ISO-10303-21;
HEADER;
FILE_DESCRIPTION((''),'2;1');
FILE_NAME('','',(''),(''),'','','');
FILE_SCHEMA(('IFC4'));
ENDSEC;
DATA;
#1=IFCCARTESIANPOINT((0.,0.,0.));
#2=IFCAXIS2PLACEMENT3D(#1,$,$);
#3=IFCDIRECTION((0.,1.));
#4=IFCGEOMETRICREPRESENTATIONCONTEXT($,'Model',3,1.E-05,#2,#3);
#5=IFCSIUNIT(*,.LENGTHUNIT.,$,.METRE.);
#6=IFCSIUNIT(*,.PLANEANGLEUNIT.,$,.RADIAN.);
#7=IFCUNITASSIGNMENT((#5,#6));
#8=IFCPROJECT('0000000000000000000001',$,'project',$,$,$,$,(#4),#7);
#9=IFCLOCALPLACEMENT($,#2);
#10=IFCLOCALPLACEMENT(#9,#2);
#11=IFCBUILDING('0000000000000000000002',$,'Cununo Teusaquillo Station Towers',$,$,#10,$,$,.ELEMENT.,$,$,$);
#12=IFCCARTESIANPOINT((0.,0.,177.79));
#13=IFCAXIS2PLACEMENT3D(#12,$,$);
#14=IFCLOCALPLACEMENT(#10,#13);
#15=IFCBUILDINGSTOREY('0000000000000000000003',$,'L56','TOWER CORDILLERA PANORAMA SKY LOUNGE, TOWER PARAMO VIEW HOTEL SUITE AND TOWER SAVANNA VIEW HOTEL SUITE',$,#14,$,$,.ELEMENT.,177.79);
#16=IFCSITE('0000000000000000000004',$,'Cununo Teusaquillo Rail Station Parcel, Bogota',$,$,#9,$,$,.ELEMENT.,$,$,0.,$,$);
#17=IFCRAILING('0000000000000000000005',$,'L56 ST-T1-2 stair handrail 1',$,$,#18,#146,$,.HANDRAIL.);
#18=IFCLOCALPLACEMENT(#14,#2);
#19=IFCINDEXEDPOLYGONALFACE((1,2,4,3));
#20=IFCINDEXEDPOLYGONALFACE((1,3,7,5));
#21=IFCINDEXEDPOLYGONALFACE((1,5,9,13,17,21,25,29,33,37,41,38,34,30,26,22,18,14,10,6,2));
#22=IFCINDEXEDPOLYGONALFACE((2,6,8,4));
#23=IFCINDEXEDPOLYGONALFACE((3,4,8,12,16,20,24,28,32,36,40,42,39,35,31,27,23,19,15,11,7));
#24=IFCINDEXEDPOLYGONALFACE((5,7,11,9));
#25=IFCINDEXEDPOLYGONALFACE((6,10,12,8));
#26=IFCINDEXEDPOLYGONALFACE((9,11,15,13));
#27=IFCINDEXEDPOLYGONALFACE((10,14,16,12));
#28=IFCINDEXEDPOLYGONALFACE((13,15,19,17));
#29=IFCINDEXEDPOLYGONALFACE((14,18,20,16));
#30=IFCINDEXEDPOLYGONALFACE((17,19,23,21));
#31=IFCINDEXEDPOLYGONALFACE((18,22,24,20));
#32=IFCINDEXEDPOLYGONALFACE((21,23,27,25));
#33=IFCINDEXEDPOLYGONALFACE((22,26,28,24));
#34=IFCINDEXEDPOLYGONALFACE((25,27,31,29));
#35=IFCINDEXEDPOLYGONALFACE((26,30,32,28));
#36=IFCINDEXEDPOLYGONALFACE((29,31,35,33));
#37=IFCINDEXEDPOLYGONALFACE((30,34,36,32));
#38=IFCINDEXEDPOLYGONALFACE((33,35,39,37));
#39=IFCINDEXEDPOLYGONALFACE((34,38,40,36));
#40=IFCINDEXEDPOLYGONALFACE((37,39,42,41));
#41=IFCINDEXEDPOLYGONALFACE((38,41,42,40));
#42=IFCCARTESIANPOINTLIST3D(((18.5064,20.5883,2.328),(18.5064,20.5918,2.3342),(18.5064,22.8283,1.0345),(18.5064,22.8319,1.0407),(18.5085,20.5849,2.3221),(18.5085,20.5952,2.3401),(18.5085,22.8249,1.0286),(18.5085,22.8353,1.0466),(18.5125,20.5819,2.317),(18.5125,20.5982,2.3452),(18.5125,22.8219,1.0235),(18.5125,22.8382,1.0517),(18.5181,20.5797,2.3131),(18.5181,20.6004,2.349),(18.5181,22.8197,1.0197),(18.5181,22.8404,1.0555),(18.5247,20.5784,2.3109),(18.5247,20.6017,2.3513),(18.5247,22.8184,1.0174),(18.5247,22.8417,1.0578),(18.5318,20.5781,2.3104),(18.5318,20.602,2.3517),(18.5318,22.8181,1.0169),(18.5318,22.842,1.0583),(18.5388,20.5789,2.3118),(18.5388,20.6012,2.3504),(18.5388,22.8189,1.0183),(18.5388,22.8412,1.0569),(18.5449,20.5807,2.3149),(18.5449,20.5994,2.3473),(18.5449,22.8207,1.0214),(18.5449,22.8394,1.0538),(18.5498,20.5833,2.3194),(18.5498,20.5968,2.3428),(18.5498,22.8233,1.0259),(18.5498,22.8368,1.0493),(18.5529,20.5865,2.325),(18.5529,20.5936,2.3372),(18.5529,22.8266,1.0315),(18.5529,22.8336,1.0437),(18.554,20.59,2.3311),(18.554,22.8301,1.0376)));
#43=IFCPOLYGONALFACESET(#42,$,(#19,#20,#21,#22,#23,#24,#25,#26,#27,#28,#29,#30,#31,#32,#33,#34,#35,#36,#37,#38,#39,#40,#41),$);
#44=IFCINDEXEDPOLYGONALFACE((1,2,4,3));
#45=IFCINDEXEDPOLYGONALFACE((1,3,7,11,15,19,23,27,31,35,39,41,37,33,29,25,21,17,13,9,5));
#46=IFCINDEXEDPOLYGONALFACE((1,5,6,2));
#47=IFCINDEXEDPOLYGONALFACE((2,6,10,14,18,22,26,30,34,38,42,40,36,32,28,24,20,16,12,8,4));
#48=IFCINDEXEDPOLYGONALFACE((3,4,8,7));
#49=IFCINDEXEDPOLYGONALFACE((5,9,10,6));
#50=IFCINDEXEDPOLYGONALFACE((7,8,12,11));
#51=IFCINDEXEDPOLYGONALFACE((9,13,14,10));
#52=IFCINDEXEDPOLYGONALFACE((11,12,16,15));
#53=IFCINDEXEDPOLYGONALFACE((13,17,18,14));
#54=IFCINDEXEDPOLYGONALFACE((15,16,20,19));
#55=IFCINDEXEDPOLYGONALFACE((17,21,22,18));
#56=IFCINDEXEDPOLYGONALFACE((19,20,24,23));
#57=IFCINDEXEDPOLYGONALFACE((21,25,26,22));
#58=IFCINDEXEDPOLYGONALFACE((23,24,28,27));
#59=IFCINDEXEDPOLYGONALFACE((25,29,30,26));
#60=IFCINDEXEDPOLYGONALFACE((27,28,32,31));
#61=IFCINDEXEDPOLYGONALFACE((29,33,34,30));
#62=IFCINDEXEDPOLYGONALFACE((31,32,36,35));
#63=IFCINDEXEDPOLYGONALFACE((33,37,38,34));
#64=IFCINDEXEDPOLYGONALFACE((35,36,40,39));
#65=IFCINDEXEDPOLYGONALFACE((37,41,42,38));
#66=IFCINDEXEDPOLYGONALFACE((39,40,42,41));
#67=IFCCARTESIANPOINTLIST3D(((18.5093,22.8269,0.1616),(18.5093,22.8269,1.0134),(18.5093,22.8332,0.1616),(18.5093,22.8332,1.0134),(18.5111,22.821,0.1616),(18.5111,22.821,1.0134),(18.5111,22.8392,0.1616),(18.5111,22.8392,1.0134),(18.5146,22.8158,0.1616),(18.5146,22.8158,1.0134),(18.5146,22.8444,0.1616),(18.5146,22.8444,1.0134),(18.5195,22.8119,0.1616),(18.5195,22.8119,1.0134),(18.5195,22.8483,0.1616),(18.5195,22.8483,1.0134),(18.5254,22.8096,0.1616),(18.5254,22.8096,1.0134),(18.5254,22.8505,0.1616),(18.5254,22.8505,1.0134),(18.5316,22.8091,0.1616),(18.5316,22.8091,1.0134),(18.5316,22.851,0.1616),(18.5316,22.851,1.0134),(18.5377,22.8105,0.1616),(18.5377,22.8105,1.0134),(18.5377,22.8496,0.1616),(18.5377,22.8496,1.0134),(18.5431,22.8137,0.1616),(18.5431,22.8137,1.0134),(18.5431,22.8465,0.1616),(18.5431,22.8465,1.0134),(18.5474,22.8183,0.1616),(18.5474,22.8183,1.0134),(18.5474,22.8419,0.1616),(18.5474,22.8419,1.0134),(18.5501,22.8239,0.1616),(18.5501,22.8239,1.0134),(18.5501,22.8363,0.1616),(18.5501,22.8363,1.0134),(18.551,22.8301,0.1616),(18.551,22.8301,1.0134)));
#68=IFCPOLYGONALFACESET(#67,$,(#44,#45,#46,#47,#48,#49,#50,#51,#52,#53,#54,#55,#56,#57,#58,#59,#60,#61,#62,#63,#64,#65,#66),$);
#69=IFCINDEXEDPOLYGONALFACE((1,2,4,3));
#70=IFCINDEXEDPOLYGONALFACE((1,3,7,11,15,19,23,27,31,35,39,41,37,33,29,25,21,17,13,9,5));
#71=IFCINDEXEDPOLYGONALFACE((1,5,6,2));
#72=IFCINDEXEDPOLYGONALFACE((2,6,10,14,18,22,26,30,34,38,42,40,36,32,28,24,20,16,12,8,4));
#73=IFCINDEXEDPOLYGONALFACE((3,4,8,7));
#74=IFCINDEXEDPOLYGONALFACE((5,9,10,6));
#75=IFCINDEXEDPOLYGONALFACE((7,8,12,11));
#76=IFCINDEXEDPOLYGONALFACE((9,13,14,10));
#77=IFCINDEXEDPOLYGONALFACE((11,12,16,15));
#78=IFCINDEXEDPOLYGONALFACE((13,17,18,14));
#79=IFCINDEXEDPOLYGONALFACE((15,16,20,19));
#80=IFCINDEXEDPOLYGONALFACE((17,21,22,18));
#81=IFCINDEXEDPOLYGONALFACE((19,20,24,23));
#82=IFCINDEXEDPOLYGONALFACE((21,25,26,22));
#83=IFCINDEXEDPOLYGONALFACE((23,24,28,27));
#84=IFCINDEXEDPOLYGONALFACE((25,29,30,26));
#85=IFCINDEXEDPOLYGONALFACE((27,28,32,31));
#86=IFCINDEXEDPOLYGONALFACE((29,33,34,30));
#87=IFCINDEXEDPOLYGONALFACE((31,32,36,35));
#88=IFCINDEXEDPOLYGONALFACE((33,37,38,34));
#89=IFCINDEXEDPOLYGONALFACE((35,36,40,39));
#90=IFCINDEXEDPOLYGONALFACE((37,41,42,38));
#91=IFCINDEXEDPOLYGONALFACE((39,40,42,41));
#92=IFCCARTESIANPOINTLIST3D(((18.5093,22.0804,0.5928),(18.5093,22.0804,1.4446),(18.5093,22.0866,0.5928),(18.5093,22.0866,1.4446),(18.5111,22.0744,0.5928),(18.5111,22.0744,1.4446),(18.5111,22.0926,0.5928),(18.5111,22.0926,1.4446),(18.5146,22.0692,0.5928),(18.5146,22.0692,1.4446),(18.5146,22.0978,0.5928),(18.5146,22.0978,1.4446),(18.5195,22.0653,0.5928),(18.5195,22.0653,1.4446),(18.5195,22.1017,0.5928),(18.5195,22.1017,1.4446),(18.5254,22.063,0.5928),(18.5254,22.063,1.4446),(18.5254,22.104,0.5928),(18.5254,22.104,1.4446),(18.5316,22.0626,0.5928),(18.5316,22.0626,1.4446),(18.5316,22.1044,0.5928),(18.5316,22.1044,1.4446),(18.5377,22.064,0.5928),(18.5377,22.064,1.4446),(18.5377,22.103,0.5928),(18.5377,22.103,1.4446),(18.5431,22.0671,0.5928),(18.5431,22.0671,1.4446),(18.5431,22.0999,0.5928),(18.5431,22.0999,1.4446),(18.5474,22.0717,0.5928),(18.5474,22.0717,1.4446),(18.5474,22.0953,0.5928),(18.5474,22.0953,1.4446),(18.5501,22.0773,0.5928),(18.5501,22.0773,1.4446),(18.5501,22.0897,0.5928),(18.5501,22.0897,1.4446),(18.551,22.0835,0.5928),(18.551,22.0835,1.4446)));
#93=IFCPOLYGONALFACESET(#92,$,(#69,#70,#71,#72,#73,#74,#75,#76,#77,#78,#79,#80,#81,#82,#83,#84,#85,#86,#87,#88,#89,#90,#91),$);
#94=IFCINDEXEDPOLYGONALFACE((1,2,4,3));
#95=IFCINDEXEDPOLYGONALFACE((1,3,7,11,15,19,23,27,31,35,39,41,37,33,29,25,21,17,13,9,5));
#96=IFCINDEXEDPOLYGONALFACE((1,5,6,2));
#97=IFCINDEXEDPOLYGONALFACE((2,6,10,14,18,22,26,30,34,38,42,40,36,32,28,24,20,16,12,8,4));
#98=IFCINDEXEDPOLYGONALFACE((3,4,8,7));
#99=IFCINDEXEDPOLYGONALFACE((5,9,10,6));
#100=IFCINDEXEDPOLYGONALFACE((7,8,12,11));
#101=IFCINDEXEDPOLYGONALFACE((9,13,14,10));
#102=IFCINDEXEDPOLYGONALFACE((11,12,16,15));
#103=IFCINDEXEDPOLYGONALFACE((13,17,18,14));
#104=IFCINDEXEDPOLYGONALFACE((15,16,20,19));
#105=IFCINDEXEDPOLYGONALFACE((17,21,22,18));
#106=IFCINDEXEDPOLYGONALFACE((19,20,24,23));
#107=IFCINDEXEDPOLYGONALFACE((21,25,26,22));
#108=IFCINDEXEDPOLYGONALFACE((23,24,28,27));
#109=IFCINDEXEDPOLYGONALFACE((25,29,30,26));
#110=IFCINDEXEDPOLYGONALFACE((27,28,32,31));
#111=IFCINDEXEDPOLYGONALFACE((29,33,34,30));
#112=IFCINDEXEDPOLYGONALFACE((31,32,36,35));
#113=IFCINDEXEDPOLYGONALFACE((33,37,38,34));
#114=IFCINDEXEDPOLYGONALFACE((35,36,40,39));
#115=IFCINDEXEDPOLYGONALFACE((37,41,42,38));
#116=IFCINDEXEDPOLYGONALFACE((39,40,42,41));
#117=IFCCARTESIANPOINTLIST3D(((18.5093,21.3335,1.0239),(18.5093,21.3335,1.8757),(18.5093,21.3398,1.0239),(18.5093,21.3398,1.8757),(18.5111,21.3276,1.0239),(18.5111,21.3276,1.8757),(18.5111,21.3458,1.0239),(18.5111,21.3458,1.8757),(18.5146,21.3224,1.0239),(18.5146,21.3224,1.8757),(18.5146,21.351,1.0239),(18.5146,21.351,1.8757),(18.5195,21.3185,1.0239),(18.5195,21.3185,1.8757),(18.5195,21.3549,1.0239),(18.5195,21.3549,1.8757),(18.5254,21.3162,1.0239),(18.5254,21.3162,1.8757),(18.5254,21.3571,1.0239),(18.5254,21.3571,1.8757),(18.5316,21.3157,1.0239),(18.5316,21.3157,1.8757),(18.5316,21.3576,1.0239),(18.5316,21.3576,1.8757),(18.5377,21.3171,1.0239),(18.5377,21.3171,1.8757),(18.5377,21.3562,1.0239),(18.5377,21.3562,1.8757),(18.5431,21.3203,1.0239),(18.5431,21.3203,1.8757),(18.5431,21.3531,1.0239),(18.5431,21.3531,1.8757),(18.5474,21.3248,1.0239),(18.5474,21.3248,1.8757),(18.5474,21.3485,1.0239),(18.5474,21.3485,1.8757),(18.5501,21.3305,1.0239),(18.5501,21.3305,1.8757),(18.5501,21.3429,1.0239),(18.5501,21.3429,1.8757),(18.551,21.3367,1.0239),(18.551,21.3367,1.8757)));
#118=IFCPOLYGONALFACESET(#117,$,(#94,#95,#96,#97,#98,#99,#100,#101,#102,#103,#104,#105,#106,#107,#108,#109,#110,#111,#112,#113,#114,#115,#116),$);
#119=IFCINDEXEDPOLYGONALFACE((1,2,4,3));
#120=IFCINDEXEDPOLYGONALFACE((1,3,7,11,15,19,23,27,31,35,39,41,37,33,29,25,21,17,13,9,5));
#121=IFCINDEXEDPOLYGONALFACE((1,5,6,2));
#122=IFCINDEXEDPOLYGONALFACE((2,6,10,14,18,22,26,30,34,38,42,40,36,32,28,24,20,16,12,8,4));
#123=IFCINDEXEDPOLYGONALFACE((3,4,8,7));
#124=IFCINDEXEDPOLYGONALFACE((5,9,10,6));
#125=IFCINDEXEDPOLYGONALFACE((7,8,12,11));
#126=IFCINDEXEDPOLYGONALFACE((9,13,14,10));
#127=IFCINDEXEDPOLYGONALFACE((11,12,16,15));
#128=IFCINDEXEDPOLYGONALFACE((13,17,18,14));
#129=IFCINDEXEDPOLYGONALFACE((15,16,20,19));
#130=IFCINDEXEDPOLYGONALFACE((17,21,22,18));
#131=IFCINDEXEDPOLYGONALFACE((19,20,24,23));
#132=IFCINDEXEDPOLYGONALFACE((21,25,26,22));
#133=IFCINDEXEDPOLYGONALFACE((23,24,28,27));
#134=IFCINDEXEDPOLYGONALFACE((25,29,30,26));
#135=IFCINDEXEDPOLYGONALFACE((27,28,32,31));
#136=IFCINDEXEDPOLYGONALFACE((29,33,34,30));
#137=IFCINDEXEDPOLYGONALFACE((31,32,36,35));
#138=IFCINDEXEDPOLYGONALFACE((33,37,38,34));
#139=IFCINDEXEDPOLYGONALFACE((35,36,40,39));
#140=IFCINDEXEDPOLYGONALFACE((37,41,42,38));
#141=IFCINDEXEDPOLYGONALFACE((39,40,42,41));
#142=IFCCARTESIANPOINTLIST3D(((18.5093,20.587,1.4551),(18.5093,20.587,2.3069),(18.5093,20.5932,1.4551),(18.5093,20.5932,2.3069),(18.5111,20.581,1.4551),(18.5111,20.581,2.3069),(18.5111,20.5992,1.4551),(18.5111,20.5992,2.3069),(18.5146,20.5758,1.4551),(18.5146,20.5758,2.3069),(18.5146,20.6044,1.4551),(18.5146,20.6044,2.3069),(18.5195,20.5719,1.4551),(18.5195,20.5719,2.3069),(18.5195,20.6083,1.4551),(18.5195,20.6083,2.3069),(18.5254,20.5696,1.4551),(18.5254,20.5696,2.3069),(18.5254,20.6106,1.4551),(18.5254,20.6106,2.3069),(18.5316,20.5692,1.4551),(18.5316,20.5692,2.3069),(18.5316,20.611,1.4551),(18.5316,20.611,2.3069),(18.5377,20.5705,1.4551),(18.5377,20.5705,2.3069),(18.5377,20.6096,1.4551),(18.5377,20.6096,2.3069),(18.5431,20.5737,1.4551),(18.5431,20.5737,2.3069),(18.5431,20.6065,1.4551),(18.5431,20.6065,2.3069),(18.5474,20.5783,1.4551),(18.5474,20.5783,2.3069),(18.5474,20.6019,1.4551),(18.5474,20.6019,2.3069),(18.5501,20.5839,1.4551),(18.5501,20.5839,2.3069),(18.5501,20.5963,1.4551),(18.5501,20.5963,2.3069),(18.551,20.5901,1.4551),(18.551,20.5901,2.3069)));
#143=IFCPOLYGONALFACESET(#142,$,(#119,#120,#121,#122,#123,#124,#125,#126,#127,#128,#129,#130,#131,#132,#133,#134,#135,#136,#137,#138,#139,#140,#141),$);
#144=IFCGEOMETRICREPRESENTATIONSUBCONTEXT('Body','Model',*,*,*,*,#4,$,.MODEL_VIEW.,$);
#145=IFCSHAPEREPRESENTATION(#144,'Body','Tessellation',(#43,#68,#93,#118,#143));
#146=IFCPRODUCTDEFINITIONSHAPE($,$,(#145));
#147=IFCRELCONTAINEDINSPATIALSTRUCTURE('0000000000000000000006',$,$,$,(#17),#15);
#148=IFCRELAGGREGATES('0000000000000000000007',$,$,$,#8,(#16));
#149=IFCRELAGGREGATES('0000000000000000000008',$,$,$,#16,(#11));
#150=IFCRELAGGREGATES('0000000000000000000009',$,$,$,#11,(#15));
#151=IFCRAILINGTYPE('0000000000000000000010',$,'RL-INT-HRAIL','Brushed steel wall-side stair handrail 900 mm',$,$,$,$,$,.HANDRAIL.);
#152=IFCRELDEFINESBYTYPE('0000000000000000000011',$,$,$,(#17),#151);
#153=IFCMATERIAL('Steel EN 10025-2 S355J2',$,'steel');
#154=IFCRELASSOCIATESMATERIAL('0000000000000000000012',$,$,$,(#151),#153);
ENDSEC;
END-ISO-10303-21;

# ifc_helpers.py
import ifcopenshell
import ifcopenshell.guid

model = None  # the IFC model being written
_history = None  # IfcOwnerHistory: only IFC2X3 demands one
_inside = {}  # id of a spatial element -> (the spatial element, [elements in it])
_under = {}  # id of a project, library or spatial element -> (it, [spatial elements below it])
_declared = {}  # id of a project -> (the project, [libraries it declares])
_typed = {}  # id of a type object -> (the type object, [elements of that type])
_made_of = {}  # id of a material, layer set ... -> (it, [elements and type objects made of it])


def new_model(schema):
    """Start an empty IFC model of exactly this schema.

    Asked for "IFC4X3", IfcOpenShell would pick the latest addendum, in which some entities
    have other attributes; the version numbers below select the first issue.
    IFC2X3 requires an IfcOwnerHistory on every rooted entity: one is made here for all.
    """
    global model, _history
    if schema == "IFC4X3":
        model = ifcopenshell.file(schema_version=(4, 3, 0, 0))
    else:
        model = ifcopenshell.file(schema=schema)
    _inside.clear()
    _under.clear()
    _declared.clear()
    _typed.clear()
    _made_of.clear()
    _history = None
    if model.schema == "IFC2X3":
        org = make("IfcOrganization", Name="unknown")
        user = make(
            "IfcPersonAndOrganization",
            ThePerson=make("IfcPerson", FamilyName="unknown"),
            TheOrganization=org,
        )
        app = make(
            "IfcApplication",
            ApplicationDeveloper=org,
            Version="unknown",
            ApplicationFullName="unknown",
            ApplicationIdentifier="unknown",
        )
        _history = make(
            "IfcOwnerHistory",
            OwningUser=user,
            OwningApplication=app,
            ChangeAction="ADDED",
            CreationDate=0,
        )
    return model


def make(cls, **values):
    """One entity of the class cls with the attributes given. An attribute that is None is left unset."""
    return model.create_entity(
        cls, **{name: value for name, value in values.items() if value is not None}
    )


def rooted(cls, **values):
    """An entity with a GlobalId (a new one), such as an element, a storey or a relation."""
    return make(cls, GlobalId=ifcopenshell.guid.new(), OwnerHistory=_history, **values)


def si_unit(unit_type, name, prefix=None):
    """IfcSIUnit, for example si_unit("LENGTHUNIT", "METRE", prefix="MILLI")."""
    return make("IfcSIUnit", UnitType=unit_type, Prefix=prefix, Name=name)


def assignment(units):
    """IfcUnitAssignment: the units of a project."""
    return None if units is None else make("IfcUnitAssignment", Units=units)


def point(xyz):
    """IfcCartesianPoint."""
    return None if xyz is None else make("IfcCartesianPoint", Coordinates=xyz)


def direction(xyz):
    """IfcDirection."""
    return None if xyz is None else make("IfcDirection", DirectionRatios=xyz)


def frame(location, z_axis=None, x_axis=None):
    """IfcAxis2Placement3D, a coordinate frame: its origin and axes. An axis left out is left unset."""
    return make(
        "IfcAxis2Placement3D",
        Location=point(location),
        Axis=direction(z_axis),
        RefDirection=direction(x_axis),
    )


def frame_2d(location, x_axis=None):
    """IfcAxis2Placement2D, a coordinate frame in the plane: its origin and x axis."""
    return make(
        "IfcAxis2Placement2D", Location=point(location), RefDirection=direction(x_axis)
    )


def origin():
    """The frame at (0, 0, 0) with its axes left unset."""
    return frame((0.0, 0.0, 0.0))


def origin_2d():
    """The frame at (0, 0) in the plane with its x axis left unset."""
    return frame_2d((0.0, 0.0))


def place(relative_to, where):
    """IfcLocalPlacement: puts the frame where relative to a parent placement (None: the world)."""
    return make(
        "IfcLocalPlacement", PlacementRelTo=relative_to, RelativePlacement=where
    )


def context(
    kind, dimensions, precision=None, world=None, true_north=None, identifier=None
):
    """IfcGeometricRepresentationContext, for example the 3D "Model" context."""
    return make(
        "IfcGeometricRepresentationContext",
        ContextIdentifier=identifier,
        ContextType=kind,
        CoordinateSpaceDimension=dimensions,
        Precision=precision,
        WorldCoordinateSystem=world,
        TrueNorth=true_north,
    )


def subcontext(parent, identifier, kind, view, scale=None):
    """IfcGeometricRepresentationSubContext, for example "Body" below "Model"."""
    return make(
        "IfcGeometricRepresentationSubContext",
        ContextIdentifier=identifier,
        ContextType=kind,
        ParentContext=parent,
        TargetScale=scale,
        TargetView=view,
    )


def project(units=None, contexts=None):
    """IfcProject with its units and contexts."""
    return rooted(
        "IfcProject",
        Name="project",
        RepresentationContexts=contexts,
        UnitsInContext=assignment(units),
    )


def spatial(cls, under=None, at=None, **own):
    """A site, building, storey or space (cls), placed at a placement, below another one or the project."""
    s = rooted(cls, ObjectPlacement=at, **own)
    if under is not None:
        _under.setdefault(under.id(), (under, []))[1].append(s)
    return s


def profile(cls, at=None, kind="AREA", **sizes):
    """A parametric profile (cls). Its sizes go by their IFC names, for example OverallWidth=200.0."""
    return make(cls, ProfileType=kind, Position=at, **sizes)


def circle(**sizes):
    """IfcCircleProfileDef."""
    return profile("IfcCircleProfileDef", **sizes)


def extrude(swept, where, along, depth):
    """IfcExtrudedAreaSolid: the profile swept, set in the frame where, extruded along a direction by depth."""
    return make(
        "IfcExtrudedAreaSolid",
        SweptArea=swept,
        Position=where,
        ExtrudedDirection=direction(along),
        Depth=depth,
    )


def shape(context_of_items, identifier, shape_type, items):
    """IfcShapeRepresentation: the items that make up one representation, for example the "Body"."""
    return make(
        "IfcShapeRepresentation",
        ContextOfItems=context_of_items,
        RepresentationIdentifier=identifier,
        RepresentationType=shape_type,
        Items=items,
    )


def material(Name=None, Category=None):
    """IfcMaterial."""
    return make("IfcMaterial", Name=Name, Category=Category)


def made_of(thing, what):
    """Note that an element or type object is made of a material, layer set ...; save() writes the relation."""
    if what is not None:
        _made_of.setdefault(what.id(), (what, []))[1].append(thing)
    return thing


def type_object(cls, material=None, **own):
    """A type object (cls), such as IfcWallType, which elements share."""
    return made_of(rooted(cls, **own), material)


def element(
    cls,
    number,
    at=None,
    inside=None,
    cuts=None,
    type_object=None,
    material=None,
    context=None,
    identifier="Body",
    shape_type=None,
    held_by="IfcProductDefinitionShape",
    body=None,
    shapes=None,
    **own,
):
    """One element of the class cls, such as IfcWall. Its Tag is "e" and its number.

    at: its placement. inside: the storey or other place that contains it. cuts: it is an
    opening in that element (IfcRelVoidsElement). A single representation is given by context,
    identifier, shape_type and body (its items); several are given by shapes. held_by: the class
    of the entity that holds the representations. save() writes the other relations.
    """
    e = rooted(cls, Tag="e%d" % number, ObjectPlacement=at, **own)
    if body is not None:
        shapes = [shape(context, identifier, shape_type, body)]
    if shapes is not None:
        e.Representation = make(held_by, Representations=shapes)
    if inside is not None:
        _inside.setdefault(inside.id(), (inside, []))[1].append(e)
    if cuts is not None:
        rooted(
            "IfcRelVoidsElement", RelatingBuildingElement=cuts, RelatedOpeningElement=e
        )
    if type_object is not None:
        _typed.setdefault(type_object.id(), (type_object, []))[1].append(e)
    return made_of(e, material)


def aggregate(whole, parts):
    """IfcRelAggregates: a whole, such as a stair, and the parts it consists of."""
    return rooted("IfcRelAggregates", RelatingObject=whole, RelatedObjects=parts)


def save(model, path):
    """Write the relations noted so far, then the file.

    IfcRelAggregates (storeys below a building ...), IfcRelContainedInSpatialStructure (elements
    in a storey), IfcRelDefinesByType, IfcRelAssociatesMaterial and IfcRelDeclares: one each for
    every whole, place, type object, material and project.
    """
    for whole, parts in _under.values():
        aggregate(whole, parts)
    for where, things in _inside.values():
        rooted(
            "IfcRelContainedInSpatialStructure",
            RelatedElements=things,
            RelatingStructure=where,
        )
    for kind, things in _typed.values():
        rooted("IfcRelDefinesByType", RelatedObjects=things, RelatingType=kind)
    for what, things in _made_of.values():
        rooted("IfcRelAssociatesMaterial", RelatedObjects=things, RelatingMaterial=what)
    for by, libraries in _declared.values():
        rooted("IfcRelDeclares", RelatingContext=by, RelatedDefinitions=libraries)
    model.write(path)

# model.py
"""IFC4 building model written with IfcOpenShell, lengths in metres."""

from ifc_helpers import new_model, si_unit, direction, frame, origin, origin_2d, place, context, subcontext, project, spatial, circle, extrude, material, type_object, element, save


model = new_model("IFC4")

# Units and contexts
model_context = context("Model", 3, precision=1e-05, world=origin(), true_north=direction((0.0, 1.0)))
body_context = subcontext(model_context, "Body", "Model", "MODEL_VIEW")
ifc_project = project(units=[si_unit("LENGTHUNIT", "METRE"), si_unit("PLANEANGLEUNIT", "RADIAN")], contexts=[model_context])

# Site, building, storey
site_placement = place(None, origin())
site = spatial("IfcSite", under=ifc_project, at=site_placement, Name="Cununo Teusaquillo Rail Station Parcel, Bogota", CompositionType="ELEMENT", RefElevation=0.0)
building_placement = place(site_placement, origin())
building = spatial("IfcBuilding", under=site, at=building_placement, Name="Cununo Teusaquillo Station Towers", CompositionType="ELEMENT")
storey_placement = place(building_placement, frame((0.0, 0.0, 177.79)))
storey = spatial("IfcBuildingStorey", under=building, at=storey_placement, Name="L56", Description="TOWER CORDILLERA PANORAMA SKY LOUNGE, TOWER PARAMO VIEW HOTEL SUITE AND TOWER SAVANNA VIEW HOTEL SUITE", CompositionType="ELEMENT", Elevation=177.79)

# Railing
ifc_material_1 = material(Name="Steel EN 10025-2 S355J2", Category="steel")
railing_type_1 = type_object("IfcRailingType", Name="RL-INT-HRAIL", Description="Brushed steel wall-side stair handrail 900 mm", PredefinedType="HANDRAIL", material=ifc_material_1)
railing_1_placement = place(storey_placement, frame((18.53, 22.8301, 0.1616)))
element("IfcRailing", 1, at=railing_1_placement, inside=storey, type_object=railing_type_1, Name="L56 ST-T1-2 stair handrail 1", PredefinedType="HANDRAIL", context=body_context, shape_type="SweptSolid", body=[
    extrude(circle(Radius=0.0239, at=origin_2d()), frame((0.0, 0.0, 0.876), z_axis=(0.0, -0.865992, 0.500057), x_axis=(1.0, 0.0, 0.0)), (0.0, 0.0, 1.0), 2.5867),
    extrude(circle(Radius=0.021, at=origin_2d()), origin(), (0.0, 0.0, 1.0), 0.8518),
    extrude(circle(Radius=0.021, at=origin_2d()), frame((0.0, -0.7466, 0.4312)), (0.0, 0.0, 1.0), 0.8518),
    extrude(circle(Radius=0.021, at=origin_2d()), frame((0.0, -1.4934, 0.8623)), (0.0, 0.0, 1.0), 0.8518),
    extrude(circle(Radius=0.021, at=origin_2d()), frame((0.0, -2.24, 1.2935)), (0.0, 0.0, 1.0), 0.8518),
])

save(model, "model.ifc")
